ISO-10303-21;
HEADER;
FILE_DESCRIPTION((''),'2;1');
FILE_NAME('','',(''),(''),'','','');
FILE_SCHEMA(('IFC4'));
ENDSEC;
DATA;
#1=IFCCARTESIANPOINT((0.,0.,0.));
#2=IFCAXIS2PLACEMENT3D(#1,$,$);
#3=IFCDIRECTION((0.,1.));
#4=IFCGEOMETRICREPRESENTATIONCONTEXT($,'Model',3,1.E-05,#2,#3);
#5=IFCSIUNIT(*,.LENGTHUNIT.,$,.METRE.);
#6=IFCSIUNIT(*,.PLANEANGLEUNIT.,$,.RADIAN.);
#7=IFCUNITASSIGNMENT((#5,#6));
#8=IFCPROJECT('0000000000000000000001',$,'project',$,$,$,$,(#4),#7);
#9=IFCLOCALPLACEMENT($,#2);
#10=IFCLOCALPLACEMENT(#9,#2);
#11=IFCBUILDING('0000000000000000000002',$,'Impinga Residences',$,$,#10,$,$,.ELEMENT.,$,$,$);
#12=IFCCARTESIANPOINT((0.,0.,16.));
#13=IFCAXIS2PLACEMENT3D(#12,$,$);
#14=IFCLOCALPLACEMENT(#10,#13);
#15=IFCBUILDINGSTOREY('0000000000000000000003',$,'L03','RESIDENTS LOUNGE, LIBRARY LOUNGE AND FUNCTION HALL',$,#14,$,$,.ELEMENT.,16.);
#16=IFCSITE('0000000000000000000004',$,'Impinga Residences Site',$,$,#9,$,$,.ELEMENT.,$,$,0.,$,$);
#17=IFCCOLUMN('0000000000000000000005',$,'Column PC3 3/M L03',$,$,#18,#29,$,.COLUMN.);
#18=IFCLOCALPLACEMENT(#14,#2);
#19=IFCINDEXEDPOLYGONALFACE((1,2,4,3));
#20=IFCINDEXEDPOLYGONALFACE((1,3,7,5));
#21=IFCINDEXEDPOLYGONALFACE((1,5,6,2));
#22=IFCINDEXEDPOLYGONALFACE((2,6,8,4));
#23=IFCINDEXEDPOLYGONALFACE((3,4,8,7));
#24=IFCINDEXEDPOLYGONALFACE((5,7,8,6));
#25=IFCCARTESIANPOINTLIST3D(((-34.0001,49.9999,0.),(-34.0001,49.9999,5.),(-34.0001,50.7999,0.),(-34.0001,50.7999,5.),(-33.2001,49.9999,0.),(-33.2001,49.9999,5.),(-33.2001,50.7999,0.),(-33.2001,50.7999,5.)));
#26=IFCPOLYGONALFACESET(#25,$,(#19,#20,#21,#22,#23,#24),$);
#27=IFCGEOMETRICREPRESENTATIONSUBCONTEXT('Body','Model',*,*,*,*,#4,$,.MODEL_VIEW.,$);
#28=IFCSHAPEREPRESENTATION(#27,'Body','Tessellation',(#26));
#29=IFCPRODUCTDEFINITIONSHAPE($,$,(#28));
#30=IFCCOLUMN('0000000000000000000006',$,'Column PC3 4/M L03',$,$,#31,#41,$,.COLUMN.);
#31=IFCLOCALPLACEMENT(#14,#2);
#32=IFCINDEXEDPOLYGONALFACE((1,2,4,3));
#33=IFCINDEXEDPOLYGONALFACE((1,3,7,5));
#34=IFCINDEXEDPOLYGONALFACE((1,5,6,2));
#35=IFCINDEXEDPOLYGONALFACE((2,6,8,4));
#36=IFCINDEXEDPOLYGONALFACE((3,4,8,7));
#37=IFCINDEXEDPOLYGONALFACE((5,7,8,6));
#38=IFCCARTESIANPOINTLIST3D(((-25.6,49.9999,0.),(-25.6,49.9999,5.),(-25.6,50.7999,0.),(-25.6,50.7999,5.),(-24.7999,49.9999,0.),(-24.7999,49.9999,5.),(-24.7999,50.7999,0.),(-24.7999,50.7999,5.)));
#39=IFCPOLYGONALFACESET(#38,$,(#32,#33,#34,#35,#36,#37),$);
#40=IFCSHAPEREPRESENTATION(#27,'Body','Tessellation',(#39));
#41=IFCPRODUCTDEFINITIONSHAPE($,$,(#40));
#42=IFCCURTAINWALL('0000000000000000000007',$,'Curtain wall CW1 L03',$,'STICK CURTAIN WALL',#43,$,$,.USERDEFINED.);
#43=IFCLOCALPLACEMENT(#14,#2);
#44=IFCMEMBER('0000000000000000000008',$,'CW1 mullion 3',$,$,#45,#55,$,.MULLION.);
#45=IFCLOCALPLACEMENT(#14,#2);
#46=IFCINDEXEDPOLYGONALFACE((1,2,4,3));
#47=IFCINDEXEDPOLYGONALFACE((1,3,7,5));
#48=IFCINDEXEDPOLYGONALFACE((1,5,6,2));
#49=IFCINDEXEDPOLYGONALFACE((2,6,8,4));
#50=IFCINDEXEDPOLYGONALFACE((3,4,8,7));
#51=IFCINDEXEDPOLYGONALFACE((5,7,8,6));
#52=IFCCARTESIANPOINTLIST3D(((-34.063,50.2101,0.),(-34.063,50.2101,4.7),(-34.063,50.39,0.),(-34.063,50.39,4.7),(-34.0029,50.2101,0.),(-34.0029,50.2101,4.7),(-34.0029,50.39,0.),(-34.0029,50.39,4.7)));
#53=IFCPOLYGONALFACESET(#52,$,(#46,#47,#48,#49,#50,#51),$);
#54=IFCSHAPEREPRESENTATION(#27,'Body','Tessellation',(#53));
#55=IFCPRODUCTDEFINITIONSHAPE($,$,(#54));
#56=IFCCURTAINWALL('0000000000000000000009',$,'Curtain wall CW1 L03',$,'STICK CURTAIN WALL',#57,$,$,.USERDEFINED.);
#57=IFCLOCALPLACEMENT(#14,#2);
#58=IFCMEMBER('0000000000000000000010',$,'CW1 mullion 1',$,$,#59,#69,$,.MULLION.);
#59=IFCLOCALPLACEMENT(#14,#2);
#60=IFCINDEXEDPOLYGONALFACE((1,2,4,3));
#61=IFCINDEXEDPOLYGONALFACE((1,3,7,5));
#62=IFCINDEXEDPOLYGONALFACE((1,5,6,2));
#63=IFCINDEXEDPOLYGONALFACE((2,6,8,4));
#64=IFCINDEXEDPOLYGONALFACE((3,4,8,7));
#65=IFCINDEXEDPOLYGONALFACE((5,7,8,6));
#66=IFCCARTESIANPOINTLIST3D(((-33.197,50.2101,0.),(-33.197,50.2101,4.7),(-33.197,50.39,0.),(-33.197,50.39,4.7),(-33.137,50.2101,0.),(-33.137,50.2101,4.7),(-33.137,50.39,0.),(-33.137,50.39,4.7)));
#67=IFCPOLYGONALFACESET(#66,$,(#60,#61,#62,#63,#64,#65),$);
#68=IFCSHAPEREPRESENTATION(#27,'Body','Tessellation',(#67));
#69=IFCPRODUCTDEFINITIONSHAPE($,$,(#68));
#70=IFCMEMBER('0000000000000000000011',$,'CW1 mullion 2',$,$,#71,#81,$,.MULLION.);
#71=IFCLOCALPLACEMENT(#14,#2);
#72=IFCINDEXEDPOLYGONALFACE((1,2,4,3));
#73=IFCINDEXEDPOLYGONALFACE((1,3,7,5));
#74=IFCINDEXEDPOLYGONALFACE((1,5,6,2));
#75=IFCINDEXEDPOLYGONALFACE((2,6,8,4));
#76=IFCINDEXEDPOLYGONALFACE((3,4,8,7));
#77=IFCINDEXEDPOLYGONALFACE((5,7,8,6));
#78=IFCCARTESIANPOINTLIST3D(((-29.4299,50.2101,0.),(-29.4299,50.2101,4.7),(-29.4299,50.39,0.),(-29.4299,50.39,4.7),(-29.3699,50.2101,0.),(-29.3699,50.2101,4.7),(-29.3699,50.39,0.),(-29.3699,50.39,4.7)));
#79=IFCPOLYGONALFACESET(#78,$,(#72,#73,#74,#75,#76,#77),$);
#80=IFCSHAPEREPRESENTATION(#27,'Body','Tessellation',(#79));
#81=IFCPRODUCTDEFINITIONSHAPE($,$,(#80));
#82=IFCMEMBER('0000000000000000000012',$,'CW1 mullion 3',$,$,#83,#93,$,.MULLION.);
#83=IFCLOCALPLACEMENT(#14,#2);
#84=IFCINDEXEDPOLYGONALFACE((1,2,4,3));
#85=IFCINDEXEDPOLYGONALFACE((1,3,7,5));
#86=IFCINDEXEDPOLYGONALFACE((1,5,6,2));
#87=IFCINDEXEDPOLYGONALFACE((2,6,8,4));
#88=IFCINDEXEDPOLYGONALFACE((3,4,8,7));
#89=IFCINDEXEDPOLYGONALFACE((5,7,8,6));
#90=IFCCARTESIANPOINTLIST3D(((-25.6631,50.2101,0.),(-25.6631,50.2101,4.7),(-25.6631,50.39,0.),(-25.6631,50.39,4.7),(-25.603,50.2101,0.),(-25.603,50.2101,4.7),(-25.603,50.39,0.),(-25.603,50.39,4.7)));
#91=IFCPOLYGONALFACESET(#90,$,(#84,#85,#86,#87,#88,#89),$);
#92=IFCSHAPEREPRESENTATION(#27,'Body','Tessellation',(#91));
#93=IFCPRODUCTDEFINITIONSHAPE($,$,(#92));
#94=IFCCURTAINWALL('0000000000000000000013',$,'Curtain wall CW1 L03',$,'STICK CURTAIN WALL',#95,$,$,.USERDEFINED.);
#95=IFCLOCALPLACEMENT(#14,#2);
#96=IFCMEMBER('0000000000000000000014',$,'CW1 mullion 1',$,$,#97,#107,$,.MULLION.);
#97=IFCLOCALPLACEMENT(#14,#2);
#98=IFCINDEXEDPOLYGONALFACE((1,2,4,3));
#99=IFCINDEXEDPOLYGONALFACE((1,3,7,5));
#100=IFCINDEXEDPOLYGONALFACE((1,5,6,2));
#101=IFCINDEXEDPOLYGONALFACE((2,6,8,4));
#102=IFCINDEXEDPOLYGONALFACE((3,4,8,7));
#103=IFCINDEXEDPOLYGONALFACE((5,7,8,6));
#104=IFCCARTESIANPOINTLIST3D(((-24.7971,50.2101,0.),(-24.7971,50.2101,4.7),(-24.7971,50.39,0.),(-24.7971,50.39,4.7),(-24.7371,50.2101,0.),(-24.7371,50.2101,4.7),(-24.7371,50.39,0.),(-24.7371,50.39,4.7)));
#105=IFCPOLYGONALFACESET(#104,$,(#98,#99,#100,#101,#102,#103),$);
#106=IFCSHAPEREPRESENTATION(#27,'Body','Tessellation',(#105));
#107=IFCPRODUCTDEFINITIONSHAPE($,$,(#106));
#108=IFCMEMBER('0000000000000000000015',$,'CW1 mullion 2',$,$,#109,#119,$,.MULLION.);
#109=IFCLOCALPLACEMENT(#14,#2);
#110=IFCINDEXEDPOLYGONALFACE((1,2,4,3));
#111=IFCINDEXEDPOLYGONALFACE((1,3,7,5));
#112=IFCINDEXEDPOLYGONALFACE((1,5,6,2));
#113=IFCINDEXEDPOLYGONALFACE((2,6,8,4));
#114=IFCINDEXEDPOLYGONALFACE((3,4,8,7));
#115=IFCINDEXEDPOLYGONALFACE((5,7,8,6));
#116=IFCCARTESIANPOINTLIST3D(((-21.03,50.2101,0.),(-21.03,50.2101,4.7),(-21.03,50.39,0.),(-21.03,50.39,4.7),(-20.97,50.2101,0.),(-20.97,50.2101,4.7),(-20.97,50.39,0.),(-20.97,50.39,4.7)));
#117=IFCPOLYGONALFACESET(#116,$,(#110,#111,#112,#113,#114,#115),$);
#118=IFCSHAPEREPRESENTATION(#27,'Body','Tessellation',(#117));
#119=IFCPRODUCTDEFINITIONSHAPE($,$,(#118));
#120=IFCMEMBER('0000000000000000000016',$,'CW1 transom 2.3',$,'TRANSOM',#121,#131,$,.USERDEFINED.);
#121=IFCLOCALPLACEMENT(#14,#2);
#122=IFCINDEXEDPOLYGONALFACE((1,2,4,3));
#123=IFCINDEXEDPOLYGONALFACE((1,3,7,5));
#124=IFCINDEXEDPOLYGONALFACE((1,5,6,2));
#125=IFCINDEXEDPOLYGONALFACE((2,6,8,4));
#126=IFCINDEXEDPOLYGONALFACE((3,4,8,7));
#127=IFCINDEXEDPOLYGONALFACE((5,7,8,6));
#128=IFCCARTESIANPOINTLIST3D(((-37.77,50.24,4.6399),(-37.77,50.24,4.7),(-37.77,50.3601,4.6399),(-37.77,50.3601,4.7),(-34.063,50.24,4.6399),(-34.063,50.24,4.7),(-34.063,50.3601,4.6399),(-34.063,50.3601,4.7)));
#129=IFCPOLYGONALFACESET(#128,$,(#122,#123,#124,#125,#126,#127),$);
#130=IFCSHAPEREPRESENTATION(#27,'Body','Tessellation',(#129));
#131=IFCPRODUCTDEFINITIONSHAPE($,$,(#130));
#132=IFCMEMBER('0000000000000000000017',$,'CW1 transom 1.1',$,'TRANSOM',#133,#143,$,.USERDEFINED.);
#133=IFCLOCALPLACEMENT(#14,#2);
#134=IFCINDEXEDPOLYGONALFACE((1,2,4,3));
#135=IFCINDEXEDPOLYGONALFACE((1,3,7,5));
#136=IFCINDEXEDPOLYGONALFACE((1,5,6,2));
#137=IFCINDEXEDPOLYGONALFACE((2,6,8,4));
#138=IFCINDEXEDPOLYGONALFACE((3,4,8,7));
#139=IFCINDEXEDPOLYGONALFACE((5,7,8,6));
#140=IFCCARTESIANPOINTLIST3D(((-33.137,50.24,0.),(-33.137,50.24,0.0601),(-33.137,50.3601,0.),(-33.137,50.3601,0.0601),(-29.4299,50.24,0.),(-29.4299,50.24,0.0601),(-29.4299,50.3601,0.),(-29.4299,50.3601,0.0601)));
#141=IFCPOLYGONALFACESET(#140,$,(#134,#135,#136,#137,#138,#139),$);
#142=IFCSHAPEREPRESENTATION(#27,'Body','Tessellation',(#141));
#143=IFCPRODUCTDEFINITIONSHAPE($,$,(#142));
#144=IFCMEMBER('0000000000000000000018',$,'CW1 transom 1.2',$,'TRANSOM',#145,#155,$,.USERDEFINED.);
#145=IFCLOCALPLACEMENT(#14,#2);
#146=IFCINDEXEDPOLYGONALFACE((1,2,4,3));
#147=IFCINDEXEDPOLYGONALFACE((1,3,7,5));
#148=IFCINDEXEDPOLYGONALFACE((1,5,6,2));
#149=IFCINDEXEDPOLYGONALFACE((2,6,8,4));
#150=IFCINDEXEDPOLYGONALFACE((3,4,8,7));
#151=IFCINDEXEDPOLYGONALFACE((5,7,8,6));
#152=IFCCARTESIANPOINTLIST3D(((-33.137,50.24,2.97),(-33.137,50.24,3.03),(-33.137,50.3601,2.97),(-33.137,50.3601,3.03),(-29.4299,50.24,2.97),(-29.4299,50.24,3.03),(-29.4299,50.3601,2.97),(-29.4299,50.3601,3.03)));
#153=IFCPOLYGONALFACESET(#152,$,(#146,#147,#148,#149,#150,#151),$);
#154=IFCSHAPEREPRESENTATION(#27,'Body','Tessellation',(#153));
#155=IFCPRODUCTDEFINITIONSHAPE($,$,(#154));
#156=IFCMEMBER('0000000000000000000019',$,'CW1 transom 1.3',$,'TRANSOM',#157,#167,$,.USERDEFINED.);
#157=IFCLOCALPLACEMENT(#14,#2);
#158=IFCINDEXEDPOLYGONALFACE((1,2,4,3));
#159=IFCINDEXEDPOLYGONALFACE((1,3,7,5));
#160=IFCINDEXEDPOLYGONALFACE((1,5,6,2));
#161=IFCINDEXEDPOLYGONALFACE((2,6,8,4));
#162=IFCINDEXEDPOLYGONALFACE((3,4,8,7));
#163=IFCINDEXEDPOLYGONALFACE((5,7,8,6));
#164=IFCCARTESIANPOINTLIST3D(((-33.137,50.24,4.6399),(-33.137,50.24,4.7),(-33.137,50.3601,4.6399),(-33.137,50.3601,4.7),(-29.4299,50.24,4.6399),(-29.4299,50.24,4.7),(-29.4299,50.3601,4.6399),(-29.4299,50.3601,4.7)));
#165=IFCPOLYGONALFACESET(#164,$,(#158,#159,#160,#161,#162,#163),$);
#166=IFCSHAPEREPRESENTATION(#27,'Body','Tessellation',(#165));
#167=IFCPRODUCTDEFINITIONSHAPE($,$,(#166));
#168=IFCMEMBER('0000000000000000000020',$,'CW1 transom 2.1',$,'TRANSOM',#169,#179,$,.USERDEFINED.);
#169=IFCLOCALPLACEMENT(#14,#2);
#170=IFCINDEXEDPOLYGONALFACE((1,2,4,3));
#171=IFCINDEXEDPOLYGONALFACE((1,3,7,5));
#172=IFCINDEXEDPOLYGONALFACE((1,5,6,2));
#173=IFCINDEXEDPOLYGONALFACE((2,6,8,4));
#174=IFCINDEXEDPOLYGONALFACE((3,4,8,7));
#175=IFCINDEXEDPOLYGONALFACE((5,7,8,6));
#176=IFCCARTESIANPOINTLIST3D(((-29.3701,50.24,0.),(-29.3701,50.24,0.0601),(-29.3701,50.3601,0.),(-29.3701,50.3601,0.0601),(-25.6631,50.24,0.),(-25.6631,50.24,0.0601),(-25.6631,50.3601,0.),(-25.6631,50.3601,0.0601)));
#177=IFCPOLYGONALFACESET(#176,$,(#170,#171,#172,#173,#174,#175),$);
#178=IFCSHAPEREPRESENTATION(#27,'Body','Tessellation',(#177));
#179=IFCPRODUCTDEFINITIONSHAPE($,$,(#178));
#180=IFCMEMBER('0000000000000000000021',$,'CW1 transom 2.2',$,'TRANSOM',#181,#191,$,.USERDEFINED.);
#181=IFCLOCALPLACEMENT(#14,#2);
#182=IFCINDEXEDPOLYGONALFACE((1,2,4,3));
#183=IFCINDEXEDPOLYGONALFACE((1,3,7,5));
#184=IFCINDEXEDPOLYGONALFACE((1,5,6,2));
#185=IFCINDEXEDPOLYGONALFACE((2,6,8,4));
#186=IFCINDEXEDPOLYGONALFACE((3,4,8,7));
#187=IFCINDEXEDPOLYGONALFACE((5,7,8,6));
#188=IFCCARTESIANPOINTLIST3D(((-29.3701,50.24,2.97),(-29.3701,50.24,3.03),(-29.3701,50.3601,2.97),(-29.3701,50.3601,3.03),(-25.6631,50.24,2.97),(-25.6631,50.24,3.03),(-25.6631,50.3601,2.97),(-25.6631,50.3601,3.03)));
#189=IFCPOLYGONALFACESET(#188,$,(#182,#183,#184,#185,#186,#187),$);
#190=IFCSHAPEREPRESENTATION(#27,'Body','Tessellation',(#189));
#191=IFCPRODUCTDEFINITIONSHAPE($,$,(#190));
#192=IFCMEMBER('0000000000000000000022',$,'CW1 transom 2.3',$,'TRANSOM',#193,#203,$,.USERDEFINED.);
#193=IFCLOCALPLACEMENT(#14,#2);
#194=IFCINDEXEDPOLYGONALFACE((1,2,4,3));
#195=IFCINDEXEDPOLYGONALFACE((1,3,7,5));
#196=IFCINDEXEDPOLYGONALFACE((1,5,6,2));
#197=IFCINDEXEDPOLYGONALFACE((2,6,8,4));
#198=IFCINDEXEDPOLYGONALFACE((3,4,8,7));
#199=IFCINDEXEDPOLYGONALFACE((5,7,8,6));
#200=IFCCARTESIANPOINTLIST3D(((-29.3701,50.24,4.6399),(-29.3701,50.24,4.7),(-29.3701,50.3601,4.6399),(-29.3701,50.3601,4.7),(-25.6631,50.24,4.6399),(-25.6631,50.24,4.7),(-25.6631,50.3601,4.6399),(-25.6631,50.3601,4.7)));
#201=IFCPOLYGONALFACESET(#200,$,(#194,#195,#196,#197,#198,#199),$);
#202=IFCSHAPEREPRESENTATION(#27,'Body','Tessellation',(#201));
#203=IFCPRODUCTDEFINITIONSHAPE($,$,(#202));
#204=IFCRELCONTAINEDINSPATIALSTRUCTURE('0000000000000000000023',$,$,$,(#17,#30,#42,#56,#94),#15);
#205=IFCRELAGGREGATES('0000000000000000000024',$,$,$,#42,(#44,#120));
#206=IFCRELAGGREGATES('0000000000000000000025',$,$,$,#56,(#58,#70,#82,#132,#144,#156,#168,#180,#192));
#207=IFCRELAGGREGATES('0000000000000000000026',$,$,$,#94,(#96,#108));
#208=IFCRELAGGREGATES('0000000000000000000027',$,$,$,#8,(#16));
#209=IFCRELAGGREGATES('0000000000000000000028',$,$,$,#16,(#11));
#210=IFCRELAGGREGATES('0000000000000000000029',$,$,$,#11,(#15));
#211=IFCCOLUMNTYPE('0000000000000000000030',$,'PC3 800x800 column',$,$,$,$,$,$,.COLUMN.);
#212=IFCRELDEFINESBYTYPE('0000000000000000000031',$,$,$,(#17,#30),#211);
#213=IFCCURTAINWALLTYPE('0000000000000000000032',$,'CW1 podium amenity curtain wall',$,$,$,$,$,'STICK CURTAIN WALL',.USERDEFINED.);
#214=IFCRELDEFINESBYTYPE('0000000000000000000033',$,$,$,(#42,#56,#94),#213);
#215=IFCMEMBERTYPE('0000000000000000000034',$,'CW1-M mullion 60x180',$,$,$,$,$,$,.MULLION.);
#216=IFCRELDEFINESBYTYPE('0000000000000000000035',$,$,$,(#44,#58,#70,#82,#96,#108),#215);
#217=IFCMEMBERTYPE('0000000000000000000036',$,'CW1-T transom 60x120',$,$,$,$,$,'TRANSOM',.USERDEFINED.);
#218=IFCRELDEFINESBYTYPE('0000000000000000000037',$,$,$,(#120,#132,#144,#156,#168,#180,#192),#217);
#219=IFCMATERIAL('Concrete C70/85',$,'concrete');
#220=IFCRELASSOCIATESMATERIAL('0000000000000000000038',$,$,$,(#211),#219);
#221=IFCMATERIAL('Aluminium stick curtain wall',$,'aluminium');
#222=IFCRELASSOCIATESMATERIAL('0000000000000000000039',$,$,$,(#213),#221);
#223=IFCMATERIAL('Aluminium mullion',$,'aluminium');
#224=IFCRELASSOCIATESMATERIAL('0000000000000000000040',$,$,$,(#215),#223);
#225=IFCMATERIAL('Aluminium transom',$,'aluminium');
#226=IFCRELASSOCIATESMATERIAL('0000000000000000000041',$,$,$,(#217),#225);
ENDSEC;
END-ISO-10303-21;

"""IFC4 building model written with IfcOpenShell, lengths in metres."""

from ifc_helpers import new_model, si_unit, direction, frame, origin, origin_2d, place, context, subcontext, project, spatial, rectangle, extrude, material, material_profile, profile_set, type_object, element, aggregate, save


model = new_model("IFC4")

# Units and contexts
model_context = context("Model", 3, precision=1e-05, world=origin(), true_north=direction((0.0, 1.0)))
body_context = subcontext(model_context, "Body", "Model", "MODEL_VIEW")
ifc_project = project(units=[si_unit("LENGTHUNIT", "METRE"), si_unit("PLANEANGLEUNIT", "RADIAN")], contexts=[model_context])

# Site, building, storey
site_placement = place(None, origin())
site = spatial("IfcSite", under=ifc_project, at=site_placement, Name="Impinga Residences Site", CompositionType="ELEMENT", RefElevation=0.0)
building_placement = place(site_placement, origin())
building = spatial("IfcBuilding", under=site, at=building_placement, Name="Impinga Residences", CompositionType="ELEMENT")
storey_placement = place(building_placement, frame((0.0, 0.0, 16.0)))
storey = spatial("IfcBuildingStorey", under=building, at=storey_placement, Name="L03", Description="RESIDENTS LOUNGE, LIBRARY LOUNGE AND FUNCTION HALL", CompositionType="ELEMENT", Elevation=16.0)

# Columns
ifc_material_1 = material(Name="Concrete C70/85", Category="concrete")
ifc_material_profile_1 = material_profile(ifc_material_1, rectangle(XDim=0.8, YDim=0.8, at=origin_2d()), Name="RC 800x800")
ifc_profile_set_1 = profile_set([ifc_material_profile_1], Name="Concrete C70/85")
column_type = type_object("IfcColumnType", Name="PC3 800x800 column", PredefinedType="COLUMN", material=ifc_profile_set_1)
for number, where, z_axis, x_axis, name in (
    (1, (-33.6001, 50.3999, 0.0), (0.0, 0.0, 1.0), (1.0, 0.0, 0.0), "Column PC3 3/M L03"),
    (2, (-25.2, 50.3999, 0.0), (0.0, 0.0, 1.0), (1.0, 0.0, 0.0), "Column PC3 4/M L03"),
):
    element("IfcColumn", number, at=place(storey_placement, frame(where, z_axis=z_axis, x_axis=x_axis)), inside=storey, type_object=column_type, Name=name, PredefinedType="COLUMN", context=body_context, shape_type="SweptSolid", body=[
        extrude(rectangle(XDim=0.8, YDim=0.8, at=origin_2d()), origin(), (0.0, 0.0, 1.0), 5.0),
    ])

# Curtain wall, member
ifc_material_2 = material(Name="Aluminium stick curtain wall", Category="aluminium")
curtain_wall_type = type_object("IfcCurtainWallType", Name="CW1 podium amenity curtain wall", ElementType="STICK CURTAIN WALL", PredefinedType="USERDEFINED", material=ifc_material_2)
curtain_wall_1_placement = place(storey_placement, origin())
curtain_wall_1 = element("IfcCurtainWall", 3, at=curtain_wall_1_placement, inside=storey, type_object=curtain_wall_type, Name="Curtain wall CW1 L03", ObjectType="STICK CURTAIN WALL", PredefinedType="USERDEFINED")
ifc_material_3 = material(Name="Aluminium mullion", Category="aluminium")
ifc_material_profile_2 = material_profile(ifc_material_3, rectangle(XDim=0.0601, YDim=0.1799, at=origin_2d()), Name="60x180 mullion")
ifc_profile_set_2 = profile_set([ifc_material_profile_2], Name="Aluminium mullion")
member_type_1 = type_object("IfcMemberType", Name="CW1-M mullion 60x180", PredefinedType="MULLION", material=ifc_profile_set_2)
member_1_placement = place(storey_placement, frame((-34.033, 50.3, 0.0), z_axis=(0.0, 0.0, 1.0), x_axis=(1.0, 0.0, 0.0)))
member_1 = element("IfcMember", 4, at=member_1_placement, type_object=member_type_1, Name="CW1 mullion 3", PredefinedType="MULLION", context=body_context, shape_type="SweptSolid", body=[
    extrude(rectangle(XDim=0.0601, YDim=0.1799, at=origin_2d()), origin(), (0.0, 0.0, 1.0), 4.7),
])

# Curtain walls, members
curtain_wall_2_placement = place(storey_placement, origin())
curtain_wall_2 = element("IfcCurtainWall", 5, at=curtain_wall_2_placement, inside=storey, type_object=curtain_wall_type, Name="Curtain wall CW1 L03", ObjectType="STICK CURTAIN WALL", PredefinedType="USERDEFINED")
member_2_placement = place(storey_placement, frame((-33.167, 50.3, 0.0), z_axis=(0.0, 0.0, 1.0), x_axis=(1.0, 0.0, 0.0)))
member_2 = element("IfcMember", 6, at=member_2_placement, type_object=member_type_1, Name="CW1 mullion 1", PredefinedType="MULLION", context=body_context, shape_type="SweptSolid", body=[
    extrude(rectangle(XDim=0.0601, YDim=0.1799, at=origin_2d()), origin(), (0.0, 0.0, 1.0), 4.7),
])
member_3_placement = place(storey_placement, frame((-29.3999, 50.3, 0.0), z_axis=(0.0, 0.0, 1.0), x_axis=(1.0, 0.0, 0.0)))
member_3 = element("IfcMember", 7, at=member_3_placement, type_object=member_type_1, Name="CW1 mullion 2", PredefinedType="MULLION", context=body_context, shape_type="SweptSolid", body=[
    extrude(rectangle(XDim=0.0601, YDim=0.1799, at=origin_2d()), origin(), (0.0, 0.0, 1.0), 4.7),
])
member_4_placement = place(storey_placement, frame((-25.6331, 50.3, 0.0), z_axis=(0.0, 0.0, 1.0), x_axis=(1.0, 0.0, 0.0)))
member_4 = element("IfcMember", 8, at=member_4_placement, type_object=member_type_1, Name="CW1 mullion 3", PredefinedType="MULLION", context=body_context, shape_type="SweptSolid", body=[
    extrude(rectangle(XDim=0.0601, YDim=0.1799, at=origin_2d()), origin(), (0.0, 0.0, 1.0), 4.7),
])
curtain_wall_3_placement = place(storey_placement, origin())
curtain_wall_3 = element("IfcCurtainWall", 9, at=curtain_wall_3_placement, inside=storey, type_object=curtain_wall_type, Name="Curtain wall CW1 L03", ObjectType="STICK CURTAIN WALL", PredefinedType="USERDEFINED")
member_5_placement = place(storey_placement, frame((-24.7671, 50.3, 0.0), z_axis=(0.0, 0.0, 1.0), x_axis=(1.0, 0.0, 0.0)))
member_5 = element("IfcMember", 10, at=member_5_placement, type_object=member_type_1, Name="CW1 mullion 1", PredefinedType="MULLION", context=body_context, shape_type="SweptSolid", body=[
    extrude(rectangle(XDim=0.0601, YDim=0.1799, at=origin_2d()), origin(), (0.0, 0.0, 1.0), 4.7),
])
member_6_placement = place(storey_placement, frame((-21.0, 50.3, 0.0), z_axis=(0.0, 0.0, 1.0), x_axis=(1.0, 0.0, 0.0)))
member_6 = element("IfcMember", 11, at=member_6_placement, type_object=member_type_1, Name="CW1 mullion 2", PredefinedType="MULLION", context=body_context, shape_type="SweptSolid", body=[
    extrude(rectangle(XDim=0.0601, YDim=0.1799, at=origin_2d()), origin(), (0.0, 0.0, 1.0), 4.7),
])

# Members
ifc_material_4 = material(Name="Aluminium transom", Category="aluminium")
ifc_material_profile_3 = material_profile(ifc_material_4, rectangle(XDim=0.0601, YDim=0.1201, at=origin_2d()), Name="60x120 transom")
ifc_profile_set_3 = profile_set([ifc_material_profile_3], Name="Aluminium transom")
member_type_2 = type_object("IfcMemberType", Name="CW1-T transom 60x120", ElementType="TRANSOM", PredefinedType="USERDEFINED", material=ifc_profile_set_3)
member_7_placement = place(storey_placement, frame((-37.77, 50.3, 4.6699), z_axis=(1.0, 0.0, 0.0), x_axis=(0.0, 0.0, 1.0)))
member_7 = element("IfcMember", 12, at=member_7_placement, type_object=member_type_2, Name="CW1 transom 2.3", ObjectType="TRANSOM", PredefinedType="USERDEFINED", context=body_context, shape_type="SweptSolid", body=[
    extrude(rectangle(XDim=0.0601, YDim=0.1201, at=origin_2d()), origin(), (0.0, 0.0, 1.0), 3.707),
])
member_8_placement = place(storey_placement, frame((-33.137, 50.3, 0.03), z_axis=(1.0, 0.0, 0.0), x_axis=(0.0, 0.0, 1.0)))
member_8 = element("IfcMember", 13, at=member_8_placement, type_object=member_type_2, Name="CW1 transom 1.1", ObjectType="TRANSOM", PredefinedType="USERDEFINED", context=body_context, shape_type="SweptSolid", body=[
    extrude(rectangle(XDim=0.0601, YDim=0.1201, at=origin_2d()), origin(), (0.0, 0.0, 1.0), 3.707),
])
member_9_placement = place(storey_placement, frame((-33.137, 50.3, 3.0), z_axis=(1.0, 0.0, 0.0), x_axis=(0.0, 0.0, 1.0)))
member_9 = element("IfcMember", 14, at=member_9_placement, type_object=member_type_2, Name="CW1 transom 1.2", ObjectType="TRANSOM", PredefinedType="USERDEFINED", context=body_context, shape_type="SweptSolid", body=[
    extrude(rectangle(XDim=0.0601, YDim=0.1201, at=origin_2d()), origin(), (0.0, 0.0, 1.0), 3.707),
])
member_10_placement = place(storey_placement, frame((-33.137, 50.3, 4.6699), z_axis=(1.0, 0.0, 0.0), x_axis=(0.0, 0.0, 1.0)))
member_10 = element("IfcMember", 15, at=member_10_placement, type_object=member_type_2, Name="CW1 transom 1.3", ObjectType="TRANSOM", PredefinedType="USERDEFINED", context=body_context, shape_type="SweptSolid", body=[
    extrude(rectangle(XDim=0.0601, YDim=0.1201, at=origin_2d()), origin(), (0.0, 0.0, 1.0), 3.707),
])
member_11_placement = place(storey_placement, frame((-29.3701, 50.3, 0.03), z_axis=(1.0, 0.0, 0.0), x_axis=(0.0, 0.0, 1.0)))
member_11 = element("IfcMember", 16, at=member_11_placement, type_object=member_type_2, Name="CW1 transom 2.1", ObjectType="TRANSOM", PredefinedType="USERDEFINED", context=body_context, shape_type="SweptSolid", body=[
    extrude(rectangle(XDim=0.0601, YDim=0.1201, at=origin_2d()), origin(), (0.0, 0.0, 1.0), 3.707),
])
member_12_placement = place(storey_placement, frame((-29.3701, 50.3, 3.0), z_axis=(1.0, 0.0, 0.0), x_axis=(0.0, 0.0, 1.0)))
member_12 = element("IfcMember", 17, at=member_12_placement, type_object=member_type_2, Name="CW1 transom 2.2", ObjectType="TRANSOM", PredefinedType="USERDEFINED", context=body_context, shape_type="SweptSolid", body=[
    extrude(rectangle(XDim=0.0601, YDim=0.1201, at=origin_2d()), origin(), (0.0, 0.0, 1.0), 3.707),
])
member_13_placement = place(storey_placement, frame((-29.3701, 50.3, 4.6699), z_axis=(1.0, 0.0, 0.0), x_axis=(0.0, 0.0, 1.0)))
member_13 = element("IfcMember", 18, at=member_13_placement, type_object=member_type_2, Name="CW1 transom 2.3", ObjectType="TRANSOM", PredefinedType="USERDEFINED", context=body_context, shape_type="SweptSolid", body=[
    extrude(rectangle(XDim=0.0601, YDim=0.1201, at=origin_2d()), origin(), (0.0, 0.0, 1.0), 3.707),
])

aggregate(curtain_wall_1, [member_1, member_7])
aggregate(curtain_wall_2, [member_2, member_3, member_4, member_8, member_9, member_10, member_11, member_12, member_13])
aggregate(curtain_wall_3, [member_5, member_6])

save(model, "model.ifc")
